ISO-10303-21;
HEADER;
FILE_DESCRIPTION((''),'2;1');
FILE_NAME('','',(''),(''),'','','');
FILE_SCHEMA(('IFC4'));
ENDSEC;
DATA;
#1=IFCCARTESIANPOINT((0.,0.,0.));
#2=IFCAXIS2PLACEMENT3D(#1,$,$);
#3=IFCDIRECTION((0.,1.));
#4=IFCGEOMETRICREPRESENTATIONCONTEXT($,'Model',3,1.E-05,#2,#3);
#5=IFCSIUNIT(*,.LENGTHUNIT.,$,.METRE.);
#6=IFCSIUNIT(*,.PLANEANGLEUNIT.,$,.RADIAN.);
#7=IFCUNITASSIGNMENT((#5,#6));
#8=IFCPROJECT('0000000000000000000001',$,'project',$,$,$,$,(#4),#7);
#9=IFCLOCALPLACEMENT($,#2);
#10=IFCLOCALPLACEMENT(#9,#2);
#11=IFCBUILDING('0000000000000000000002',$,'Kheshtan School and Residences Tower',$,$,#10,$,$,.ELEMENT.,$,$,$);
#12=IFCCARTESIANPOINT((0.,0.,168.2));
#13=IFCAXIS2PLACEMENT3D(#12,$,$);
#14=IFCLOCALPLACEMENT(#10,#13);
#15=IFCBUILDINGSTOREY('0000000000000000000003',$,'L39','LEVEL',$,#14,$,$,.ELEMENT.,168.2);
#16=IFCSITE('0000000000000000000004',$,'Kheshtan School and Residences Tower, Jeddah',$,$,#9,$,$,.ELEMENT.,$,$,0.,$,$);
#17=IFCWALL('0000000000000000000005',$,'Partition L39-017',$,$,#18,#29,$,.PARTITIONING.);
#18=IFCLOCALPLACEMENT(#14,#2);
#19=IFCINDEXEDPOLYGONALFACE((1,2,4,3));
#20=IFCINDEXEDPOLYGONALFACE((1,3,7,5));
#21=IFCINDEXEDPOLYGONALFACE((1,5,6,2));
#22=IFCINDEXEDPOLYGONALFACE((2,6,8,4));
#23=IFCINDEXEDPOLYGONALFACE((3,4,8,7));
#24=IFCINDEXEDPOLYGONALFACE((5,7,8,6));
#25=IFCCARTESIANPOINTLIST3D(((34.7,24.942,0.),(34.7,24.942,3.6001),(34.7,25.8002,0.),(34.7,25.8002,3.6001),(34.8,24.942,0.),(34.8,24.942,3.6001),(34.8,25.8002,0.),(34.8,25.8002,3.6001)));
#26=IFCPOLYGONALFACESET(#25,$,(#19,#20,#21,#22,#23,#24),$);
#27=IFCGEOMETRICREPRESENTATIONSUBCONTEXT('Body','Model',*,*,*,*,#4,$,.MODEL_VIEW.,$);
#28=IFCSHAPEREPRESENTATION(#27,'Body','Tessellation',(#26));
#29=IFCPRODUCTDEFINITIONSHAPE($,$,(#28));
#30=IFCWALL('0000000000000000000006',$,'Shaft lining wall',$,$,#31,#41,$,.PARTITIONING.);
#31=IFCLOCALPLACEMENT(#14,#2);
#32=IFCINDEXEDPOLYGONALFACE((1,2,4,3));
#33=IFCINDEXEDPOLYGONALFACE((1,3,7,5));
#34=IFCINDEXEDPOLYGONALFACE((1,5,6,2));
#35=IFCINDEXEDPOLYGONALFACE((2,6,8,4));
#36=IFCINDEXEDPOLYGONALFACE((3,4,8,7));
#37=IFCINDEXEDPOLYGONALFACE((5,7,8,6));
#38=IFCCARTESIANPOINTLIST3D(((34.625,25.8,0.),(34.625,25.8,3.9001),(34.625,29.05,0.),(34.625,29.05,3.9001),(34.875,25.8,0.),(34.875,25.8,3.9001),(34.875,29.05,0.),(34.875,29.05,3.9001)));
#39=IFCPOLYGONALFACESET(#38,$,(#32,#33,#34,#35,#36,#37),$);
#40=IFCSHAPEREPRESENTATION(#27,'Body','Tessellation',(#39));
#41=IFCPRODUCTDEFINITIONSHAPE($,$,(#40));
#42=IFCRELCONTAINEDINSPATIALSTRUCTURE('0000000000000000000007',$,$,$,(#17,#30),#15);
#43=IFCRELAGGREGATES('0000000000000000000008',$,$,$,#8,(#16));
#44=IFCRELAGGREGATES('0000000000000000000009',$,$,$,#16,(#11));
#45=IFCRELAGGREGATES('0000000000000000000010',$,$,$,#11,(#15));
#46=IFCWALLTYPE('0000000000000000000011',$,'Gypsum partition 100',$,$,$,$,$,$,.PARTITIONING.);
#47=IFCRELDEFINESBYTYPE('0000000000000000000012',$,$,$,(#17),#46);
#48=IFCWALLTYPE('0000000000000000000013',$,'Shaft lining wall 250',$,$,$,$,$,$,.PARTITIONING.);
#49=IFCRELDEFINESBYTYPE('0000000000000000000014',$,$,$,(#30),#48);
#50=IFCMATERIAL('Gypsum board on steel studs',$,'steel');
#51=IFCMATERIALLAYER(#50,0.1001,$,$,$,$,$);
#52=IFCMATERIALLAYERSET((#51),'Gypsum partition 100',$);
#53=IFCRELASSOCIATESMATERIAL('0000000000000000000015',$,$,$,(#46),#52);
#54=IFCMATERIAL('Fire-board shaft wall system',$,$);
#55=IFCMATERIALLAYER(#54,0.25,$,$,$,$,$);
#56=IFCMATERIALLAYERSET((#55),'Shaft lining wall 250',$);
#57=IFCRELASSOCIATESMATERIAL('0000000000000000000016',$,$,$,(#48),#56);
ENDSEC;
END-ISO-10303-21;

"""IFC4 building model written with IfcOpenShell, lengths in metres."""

from ifc_helpers import new_model, si_unit, direction, frame, frame_2d, origin, place, context, subcontext, project, spatial, rectangle, extrude, material, layer, layer_set, type_object, element, save


model = new_model("IFC4")

# Units and contexts
model_context = context("Model", 3, precision=1e-05, world=origin(), true_north=direction((0.0, 1.0)))
body_context = subcontext(model_context, "Body", "Model", "MODEL_VIEW")
ifc_project = project(units=[si_unit("LENGTHUNIT", "METRE"), si_unit("PLANEANGLEUNIT", "RADIAN")], contexts=[model_context])

# Site, building, storey
site_placement = place(None, origin())
site = spatial("IfcSite", under=ifc_project, at=site_placement, Name="Kheshtan School and Residences Tower, Jeddah", CompositionType="ELEMENT", RefElevation=0.0)
building_placement = place(site_placement, origin())
building = spatial("IfcBuilding", under=site, at=building_placement, Name="Kheshtan School and Residences Tower", CompositionType="ELEMENT")
storey_placement = place(building_placement, frame((0.0, 0.0, 168.2)))
storey = spatial("IfcBuildingStorey", under=building, at=storey_placement, Name="L39", Description="LEVEL", CompositionType="ELEMENT", Elevation=168.2)

# Walls
ifc_material_1 = material(Name="Gypsum board on steel studs", Category="steel")
ifc_layer_1 = layer(ifc_material_1, 0.1001)
ifc_layer_set_1 = layer_set([ifc_layer_1], Name="Gypsum partition 100")
wall_type_1 = type_object("IfcWallType", Name="Gypsum partition 100", PredefinedType="PARTITIONING", material=ifc_layer_set_1)
wall_1_placement = place(storey_placement, frame((34.75, 24.9419, 0.0), z_axis=(0.0, 0.0, 1.0), x_axis=(0.0, 1.0, 0.0)))
element("IfcWall", 1, at=wall_1_placement, inside=storey, type_object=wall_type_1, Name="Partition L39-017", PredefinedType="PARTITIONING", context=body_context, shape_type="SweptSolid", body=[
    extrude(rectangle(XDim=0.8582, YDim=0.1001, at=frame_2d((0.4292, 0.0))), origin(), (0.0, 0.0, 1.0), 3.6001),
])
ifc_material_2 = material(Name="Fire-board shaft wall system")
ifc_layer_2 = layer(ifc_material_2, 0.25)
ifc_layer_set_2 = layer_set([ifc_layer_2], Name="Shaft lining wall 250")
wall_type_2 = type_object("IfcWallType", Name="Shaft lining wall 250", PredefinedType="PARTITIONING", material=ifc_layer_set_2)
wall_2_placement = place(storey_placement, frame((34.75, 25.8, 0.0), z_axis=(0.0, 0.0, 1.0), x_axis=(0.0, 1.0, 0.0)))
element("IfcWall", 2, at=wall_2_placement, inside=storey, type_object=wall_type_2, Name="Shaft lining wall", PredefinedType="PARTITIONING", context=body_context, shape_type="SweptSolid", body=[
    extrude(rectangle(XDim=3.25, YDim=0.25, at=frame_2d((1.625, 0.0))), origin(), (0.0, 0.0, 1.0), 3.9001),
])

save(model, "model.ifc")
